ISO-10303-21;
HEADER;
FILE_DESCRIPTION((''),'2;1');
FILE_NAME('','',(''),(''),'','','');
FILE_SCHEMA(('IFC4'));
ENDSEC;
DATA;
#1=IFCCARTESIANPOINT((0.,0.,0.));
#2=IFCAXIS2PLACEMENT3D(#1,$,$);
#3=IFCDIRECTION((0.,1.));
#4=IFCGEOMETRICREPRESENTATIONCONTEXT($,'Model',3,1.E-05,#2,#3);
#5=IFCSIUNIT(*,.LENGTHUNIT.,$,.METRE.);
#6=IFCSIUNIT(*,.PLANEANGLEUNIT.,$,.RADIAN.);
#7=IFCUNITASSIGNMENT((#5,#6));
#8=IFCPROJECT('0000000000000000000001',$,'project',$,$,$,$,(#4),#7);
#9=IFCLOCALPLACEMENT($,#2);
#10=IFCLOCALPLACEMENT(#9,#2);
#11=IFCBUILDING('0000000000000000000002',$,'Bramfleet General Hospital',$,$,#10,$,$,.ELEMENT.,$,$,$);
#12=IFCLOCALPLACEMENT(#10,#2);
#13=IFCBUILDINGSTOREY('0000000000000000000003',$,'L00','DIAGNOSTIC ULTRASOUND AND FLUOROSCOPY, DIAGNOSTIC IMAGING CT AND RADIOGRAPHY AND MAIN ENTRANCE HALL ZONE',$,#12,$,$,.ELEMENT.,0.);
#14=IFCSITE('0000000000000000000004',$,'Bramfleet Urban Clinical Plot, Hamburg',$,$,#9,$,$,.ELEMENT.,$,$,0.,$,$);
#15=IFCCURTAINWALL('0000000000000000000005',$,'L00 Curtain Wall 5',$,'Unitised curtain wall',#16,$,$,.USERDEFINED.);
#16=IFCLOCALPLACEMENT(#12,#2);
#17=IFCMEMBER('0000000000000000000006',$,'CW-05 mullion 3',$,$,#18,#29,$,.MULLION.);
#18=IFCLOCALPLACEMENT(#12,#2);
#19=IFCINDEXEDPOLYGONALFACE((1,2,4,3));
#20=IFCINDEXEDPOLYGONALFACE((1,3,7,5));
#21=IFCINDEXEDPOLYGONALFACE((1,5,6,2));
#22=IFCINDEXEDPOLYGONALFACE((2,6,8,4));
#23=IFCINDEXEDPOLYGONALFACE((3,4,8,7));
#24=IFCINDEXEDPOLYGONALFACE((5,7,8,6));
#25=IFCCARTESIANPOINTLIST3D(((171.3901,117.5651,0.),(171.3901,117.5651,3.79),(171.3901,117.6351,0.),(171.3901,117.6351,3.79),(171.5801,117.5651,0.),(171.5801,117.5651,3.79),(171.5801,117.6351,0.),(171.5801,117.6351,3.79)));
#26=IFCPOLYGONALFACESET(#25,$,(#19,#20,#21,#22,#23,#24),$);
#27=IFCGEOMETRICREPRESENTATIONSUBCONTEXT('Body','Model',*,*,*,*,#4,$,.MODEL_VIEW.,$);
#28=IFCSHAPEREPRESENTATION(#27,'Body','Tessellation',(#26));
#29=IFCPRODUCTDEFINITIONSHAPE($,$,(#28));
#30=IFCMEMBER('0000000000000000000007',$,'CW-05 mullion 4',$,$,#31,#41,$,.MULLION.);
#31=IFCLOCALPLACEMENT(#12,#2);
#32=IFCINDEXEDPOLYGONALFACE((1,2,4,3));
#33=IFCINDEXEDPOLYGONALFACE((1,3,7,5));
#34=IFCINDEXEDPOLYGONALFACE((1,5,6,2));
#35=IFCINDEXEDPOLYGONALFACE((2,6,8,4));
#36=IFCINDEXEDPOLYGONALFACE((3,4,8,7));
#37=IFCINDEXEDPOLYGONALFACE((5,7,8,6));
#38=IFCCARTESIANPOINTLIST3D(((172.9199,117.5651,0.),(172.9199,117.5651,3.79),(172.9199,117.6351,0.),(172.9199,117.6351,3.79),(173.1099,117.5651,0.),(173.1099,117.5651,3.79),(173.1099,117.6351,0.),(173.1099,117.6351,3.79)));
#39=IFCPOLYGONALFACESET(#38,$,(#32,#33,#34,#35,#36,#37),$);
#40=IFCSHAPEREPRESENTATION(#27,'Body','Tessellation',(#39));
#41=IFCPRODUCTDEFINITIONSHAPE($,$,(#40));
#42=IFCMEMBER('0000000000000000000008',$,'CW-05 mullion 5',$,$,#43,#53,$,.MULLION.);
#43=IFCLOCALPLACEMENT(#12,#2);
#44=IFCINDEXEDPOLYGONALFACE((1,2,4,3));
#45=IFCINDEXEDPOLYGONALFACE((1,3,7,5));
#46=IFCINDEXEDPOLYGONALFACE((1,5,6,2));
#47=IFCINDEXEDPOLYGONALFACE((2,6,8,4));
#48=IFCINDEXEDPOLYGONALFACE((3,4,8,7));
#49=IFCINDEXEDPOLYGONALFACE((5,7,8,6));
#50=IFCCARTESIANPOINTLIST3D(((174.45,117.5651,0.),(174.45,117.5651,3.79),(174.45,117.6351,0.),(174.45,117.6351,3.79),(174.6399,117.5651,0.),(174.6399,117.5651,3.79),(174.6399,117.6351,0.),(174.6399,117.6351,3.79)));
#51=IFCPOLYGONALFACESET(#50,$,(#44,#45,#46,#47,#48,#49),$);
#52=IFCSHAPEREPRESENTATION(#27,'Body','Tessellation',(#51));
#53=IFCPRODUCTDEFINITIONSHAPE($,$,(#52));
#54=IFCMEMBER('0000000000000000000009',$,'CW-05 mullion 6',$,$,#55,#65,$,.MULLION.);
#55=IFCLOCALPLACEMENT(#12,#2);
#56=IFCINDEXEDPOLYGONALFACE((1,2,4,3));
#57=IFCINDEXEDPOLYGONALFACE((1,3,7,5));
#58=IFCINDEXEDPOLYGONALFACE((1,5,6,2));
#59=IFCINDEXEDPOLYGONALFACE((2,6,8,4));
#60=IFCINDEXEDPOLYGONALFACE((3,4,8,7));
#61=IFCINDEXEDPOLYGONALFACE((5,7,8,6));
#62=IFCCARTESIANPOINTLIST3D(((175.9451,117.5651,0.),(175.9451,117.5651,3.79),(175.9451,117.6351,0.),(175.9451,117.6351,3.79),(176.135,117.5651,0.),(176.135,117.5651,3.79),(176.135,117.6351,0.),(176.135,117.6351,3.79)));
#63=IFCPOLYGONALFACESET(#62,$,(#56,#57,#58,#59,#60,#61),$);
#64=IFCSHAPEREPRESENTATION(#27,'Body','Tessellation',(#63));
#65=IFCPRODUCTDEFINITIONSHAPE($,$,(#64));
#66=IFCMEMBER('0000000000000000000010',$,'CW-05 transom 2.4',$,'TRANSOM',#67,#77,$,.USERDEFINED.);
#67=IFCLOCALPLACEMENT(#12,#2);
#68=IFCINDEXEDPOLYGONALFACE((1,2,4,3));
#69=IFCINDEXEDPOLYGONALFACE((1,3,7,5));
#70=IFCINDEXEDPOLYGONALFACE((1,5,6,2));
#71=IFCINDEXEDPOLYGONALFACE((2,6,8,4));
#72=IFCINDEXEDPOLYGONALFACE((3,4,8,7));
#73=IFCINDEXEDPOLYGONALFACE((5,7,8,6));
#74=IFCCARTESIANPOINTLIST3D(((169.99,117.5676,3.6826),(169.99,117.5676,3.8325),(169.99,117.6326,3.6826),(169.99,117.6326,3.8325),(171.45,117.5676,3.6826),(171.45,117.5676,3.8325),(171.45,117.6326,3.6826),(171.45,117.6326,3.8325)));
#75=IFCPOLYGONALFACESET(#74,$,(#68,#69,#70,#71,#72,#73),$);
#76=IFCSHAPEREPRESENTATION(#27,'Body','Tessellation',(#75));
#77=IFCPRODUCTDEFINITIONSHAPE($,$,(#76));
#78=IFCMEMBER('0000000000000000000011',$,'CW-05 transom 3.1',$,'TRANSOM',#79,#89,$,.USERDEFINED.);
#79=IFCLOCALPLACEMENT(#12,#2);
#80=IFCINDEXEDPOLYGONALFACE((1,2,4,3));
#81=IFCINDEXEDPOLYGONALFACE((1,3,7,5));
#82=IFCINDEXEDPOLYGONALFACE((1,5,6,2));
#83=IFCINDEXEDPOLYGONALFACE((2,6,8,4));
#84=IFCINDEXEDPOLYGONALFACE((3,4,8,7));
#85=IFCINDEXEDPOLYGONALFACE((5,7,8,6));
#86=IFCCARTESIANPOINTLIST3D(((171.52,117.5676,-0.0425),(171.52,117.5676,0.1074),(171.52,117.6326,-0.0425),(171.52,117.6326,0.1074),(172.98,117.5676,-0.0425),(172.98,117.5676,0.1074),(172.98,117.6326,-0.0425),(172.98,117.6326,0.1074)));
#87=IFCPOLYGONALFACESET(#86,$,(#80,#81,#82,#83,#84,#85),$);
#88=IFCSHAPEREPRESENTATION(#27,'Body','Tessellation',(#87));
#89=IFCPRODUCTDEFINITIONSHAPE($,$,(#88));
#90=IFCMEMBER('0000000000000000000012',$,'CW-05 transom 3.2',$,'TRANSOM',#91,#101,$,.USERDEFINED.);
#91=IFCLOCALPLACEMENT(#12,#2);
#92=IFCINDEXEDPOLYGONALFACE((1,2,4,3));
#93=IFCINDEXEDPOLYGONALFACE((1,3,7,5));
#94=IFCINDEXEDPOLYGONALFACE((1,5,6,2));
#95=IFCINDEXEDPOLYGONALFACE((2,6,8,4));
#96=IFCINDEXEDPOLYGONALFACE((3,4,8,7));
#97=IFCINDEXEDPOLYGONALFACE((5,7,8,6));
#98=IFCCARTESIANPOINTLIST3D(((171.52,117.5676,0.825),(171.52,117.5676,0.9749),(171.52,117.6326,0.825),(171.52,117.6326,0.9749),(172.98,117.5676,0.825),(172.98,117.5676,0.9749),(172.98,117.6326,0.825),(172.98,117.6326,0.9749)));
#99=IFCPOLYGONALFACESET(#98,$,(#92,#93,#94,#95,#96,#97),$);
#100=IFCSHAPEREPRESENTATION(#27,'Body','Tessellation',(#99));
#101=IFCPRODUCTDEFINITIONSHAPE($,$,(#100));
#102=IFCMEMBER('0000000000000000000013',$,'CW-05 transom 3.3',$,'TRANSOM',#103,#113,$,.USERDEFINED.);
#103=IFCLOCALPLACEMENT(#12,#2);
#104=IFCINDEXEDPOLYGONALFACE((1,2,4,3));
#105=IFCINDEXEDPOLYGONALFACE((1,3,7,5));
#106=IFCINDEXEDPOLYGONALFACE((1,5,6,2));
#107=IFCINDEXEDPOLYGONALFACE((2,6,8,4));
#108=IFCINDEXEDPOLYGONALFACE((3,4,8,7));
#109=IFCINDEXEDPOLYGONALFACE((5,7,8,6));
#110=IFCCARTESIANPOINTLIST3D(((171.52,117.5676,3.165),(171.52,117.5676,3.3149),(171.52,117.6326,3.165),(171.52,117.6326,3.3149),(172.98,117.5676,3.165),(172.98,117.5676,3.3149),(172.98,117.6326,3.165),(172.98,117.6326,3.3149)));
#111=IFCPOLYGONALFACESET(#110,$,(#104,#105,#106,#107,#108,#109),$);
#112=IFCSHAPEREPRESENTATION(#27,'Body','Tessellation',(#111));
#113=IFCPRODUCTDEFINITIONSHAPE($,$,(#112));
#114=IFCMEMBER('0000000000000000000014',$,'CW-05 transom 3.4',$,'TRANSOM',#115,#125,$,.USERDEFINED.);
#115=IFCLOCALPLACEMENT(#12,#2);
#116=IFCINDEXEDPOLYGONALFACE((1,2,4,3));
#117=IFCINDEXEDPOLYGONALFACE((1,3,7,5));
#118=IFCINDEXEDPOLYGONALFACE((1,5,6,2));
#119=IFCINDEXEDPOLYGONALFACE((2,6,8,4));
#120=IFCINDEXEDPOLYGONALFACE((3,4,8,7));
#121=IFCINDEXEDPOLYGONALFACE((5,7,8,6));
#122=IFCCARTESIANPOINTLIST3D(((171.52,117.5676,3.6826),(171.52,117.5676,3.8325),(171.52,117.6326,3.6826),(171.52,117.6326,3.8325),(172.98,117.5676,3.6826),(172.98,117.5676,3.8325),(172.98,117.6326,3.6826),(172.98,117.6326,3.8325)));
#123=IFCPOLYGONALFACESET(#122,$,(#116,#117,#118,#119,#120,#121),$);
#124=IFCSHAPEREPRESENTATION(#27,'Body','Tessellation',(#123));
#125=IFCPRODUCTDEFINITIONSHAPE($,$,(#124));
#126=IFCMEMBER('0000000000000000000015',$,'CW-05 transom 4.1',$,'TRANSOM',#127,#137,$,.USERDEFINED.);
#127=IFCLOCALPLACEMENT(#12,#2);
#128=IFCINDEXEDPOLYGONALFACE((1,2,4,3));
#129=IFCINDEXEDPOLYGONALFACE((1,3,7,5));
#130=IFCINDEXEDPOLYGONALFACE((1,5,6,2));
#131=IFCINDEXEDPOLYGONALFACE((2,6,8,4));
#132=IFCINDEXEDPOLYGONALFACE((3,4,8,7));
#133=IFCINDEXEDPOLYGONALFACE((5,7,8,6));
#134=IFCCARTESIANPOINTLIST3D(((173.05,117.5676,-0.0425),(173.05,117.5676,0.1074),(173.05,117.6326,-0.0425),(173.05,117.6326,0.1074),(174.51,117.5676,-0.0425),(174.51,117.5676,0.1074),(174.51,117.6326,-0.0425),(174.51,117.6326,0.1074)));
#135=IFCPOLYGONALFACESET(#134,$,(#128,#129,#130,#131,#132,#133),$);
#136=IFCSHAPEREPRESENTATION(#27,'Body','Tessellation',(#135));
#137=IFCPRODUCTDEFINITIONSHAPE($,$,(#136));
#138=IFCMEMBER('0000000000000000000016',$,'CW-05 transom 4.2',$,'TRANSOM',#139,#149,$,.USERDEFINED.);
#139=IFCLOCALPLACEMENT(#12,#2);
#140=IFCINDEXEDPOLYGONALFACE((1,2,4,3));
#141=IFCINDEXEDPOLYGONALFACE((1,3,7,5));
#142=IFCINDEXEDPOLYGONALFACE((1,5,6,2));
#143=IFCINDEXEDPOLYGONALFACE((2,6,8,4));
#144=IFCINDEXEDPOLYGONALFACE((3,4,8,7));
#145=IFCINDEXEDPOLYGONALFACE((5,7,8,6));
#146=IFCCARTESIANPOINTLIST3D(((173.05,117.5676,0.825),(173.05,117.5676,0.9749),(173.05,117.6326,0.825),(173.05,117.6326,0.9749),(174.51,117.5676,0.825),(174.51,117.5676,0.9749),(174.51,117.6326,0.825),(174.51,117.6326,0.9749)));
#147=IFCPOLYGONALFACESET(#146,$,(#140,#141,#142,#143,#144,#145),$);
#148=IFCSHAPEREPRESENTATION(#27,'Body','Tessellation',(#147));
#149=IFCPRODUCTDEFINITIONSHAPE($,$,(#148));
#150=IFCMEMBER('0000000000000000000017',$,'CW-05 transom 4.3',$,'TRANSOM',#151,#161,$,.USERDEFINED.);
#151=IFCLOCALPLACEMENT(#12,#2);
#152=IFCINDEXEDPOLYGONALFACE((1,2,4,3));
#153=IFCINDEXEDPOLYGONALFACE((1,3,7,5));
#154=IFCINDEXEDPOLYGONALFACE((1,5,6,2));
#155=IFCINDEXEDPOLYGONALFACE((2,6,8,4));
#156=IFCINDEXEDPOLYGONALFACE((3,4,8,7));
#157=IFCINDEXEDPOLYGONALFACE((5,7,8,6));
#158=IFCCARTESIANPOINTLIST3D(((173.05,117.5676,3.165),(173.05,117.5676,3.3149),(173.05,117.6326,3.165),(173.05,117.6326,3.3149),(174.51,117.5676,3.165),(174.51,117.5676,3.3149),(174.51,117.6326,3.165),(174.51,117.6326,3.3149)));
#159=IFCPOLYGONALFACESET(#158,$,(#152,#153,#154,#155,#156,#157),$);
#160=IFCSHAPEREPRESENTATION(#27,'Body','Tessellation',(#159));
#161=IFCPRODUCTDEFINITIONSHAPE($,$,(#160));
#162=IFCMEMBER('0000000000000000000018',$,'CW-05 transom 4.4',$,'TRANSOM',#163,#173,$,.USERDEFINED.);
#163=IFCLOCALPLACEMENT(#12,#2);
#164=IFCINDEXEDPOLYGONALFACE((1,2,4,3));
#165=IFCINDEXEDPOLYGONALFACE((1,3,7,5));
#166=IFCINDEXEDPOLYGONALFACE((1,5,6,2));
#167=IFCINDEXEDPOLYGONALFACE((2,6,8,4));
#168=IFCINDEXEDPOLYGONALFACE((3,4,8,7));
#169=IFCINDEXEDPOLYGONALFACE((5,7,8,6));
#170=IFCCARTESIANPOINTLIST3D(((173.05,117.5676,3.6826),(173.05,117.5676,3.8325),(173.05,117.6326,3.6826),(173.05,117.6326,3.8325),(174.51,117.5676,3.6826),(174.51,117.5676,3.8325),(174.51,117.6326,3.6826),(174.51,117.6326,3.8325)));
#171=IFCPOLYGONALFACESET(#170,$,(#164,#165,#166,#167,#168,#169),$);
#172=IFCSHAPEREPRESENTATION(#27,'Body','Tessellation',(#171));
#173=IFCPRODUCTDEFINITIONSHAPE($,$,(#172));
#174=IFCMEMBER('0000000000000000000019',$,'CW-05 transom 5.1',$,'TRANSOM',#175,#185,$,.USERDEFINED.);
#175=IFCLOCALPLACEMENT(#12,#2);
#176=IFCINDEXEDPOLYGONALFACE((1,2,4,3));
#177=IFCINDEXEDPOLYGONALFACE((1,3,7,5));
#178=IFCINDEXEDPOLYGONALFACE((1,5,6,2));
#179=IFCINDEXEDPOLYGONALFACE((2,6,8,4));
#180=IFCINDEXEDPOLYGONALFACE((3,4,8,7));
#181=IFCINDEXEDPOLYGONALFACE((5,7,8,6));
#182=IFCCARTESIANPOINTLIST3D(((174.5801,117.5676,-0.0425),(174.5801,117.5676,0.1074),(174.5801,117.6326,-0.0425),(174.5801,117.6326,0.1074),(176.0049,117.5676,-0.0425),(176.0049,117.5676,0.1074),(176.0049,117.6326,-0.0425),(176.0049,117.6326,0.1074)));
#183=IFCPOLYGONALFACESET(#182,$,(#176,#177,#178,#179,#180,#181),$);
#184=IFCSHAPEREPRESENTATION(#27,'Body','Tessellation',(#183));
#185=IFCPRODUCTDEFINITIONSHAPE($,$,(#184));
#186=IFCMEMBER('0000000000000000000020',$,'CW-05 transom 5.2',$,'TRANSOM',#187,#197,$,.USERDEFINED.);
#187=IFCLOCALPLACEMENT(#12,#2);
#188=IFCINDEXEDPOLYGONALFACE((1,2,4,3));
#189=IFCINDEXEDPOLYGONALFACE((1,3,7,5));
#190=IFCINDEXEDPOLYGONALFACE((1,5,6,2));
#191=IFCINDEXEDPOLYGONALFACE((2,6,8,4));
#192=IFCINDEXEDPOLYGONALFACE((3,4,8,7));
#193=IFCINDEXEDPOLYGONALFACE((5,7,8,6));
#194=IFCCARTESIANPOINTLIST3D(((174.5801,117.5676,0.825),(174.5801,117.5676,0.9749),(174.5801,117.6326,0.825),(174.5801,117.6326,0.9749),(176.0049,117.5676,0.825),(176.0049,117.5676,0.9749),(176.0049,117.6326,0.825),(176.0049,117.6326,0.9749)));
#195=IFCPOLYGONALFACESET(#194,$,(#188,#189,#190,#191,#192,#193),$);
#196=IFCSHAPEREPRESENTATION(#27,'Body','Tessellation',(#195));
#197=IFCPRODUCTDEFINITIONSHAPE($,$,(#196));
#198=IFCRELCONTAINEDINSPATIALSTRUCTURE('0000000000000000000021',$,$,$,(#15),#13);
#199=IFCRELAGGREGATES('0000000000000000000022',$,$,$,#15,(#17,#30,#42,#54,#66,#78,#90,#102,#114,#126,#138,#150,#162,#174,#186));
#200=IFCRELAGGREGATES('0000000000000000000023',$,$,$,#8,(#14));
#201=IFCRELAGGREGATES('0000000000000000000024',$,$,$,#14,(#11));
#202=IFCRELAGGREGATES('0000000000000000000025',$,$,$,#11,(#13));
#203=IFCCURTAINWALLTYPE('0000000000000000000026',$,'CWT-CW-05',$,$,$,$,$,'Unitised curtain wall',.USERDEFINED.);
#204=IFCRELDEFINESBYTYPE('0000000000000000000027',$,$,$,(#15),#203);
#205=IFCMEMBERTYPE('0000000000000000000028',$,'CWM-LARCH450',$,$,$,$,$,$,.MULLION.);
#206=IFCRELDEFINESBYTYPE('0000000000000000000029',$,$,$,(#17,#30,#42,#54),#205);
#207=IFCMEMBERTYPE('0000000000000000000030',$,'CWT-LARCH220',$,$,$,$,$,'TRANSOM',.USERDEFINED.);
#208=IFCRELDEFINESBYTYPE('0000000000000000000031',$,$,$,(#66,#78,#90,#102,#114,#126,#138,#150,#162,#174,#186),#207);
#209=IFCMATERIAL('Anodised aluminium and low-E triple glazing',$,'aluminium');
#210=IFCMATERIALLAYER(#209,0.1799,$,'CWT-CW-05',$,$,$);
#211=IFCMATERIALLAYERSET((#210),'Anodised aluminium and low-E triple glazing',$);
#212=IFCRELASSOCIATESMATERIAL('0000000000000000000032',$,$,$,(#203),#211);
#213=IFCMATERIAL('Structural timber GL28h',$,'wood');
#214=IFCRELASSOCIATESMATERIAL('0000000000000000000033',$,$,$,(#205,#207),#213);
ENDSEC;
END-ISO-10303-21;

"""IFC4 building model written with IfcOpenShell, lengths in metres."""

from ifc_helpers import new_model, si_unit, direction, frame, origin, origin_2d, place, context, subcontext, project, spatial, rectangle, extrude, material, layer, layer_set, material_profile, profile_set, type_object, element, aggregate, save


model = new_model("IFC4")

# Units and contexts
model_context = context("Model", 3, precision=1e-05, world=origin(), true_north=direction((0.0, 1.0)))
body_context = subcontext(model_context, "Body", "Model", "MODEL_VIEW")
ifc_project = project(units=[si_unit("LENGTHUNIT", "METRE"), si_unit("PLANEANGLEUNIT", "RADIAN")], contexts=[model_context])

# Site, building, storey
site_placement = place(None, origin())
site = spatial("IfcSite", under=ifc_project, at=site_placement, Name="Bramfleet Urban Clinical Plot, Hamburg", CompositionType="ELEMENT", RefElevation=0.0)
building_placement = place(site_placement, origin())
building = spatial("IfcBuilding", under=site, at=building_placement, Name="Bramfleet General Hospital", CompositionType="ELEMENT")
storey_placement = place(building_placement, origin())
storey = spatial("IfcBuildingStorey", under=building, at=storey_placement, Name="L00", Description="DIAGNOSTIC ULTRASOUND AND FLUOROSCOPY, DIAGNOSTIC IMAGING CT AND RADIOGRAPHY AND MAIN ENTRANCE HALL ZONE", CompositionType="ELEMENT", Elevation=0.0)

# Curtain wall, members
ifc_material_1 = material(Name="Anodised aluminium and low-E triple glazing", Category="aluminium")
ifc_layer_1 = layer(ifc_material_1, 0.1799, Name="CWT-CW-05")
ifc_layer_set_1 = layer_set([ifc_layer_1], Name="Anodised aluminium and low-E triple glazing")
curtain_wall_type = type_object("IfcCurtainWallType", Name="CWT-CW-05", ElementType="Unitised curtain wall", PredefinedType="USERDEFINED", material=ifc_layer_set_1)
curtain_wall_placement = place(storey_placement, origin())
curtain_wall = element("IfcCurtainWall", 1, at=curtain_wall_placement, inside=storey, type_object=curtain_wall_type, Name="L00 Curtain Wall 5", ObjectType="Unitised curtain wall", PredefinedType="USERDEFINED")
ifc_material_2 = material(Name="Structural timber GL28h", Category="wood")
ifc_material_profile_1 = material_profile(ifc_material_2, rectangle(XDim=0.0701, YDim=0.1899, at=origin_2d()), Name="LARCH 190x70")
ifc_profile_set_1 = profile_set([ifc_material_profile_1], Name="Structural timber GL28h")
member_type_1 = type_object("IfcMemberType", Name="CWM-LARCH450", PredefinedType="MULLION", material=ifc_profile_set_1)
member_1_placement = place(storey_placement, frame((171.4851, 117.6001, 0.0), z_axis=(0.0, 0.0, 1.0), x_axis=(0.0, 1.0, 0.0)))
member_1 = element("IfcMember", 2, at=member_1_placement, type_object=member_type_1, Name="CW-05 mullion 3", PredefinedType="MULLION", context=body_context, shape_type="SweptSolid", body=[
    extrude(rectangle(XDim=0.0701, YDim=0.1899, at=origin_2d()), origin(), (0.0, 0.0, 1.0), 3.79),
])
member_2_placement = place(storey_placement, frame((173.0149, 117.6001, 0.0), z_axis=(0.0, 0.0, 1.0), x_axis=(0.0, 1.0, 0.0)))
member_2 = element("IfcMember", 3, at=member_2_placement, type_object=member_type_1, Name="CW-05 mullion 4", PredefinedType="MULLION", context=body_context, shape_type="SweptSolid", body=[
    extrude(rectangle(XDim=0.0701, YDim=0.1899, at=origin_2d()), origin(), (0.0, 0.0, 1.0), 3.79),
])
member_3_placement = place(storey_placement, frame((174.5449, 117.6001, 0.0), z_axis=(0.0, 0.0, 1.0), x_axis=(0.0, 1.0, 0.0)))
member_3 = element("IfcMember", 4, at=member_3_placement, type_object=member_type_1, Name="CW-05 mullion 5", PredefinedType="MULLION", context=body_context, shape_type="SweptSolid", body=[
    extrude(rectangle(XDim=0.0701, YDim=0.1899, at=origin_2d()), origin(), (0.0, 0.0, 1.0), 3.79),
])
member_4_placement = place(storey_placement, frame((176.04, 117.6001, 0.0), z_axis=(0.0, 0.0, 1.0), x_axis=(0.0, 1.0, 0.0)))
member_4 = element("IfcMember", 5, at=member_4_placement, type_object=member_type_1, Name="CW-05 mullion 6", PredefinedType="MULLION", context=body_context, shape_type="SweptSolid", body=[
    extrude(rectangle(XDim=0.0701, YDim=0.1899, at=origin_2d()), origin(), (0.0, 0.0, 1.0), 3.79),
])
ifc_material_profile_2 = material_profile(ifc_material_2, rectangle(XDim=0.0649, YDim=0.1499, at=origin_2d()), Name="LARCH 150x65")
ifc_profile_set_2 = profile_set([ifc_material_profile_2], Name="Structural timber GL28h")
member_type_2 = type_object("IfcMemberType", Name="CWT-LARCH220", ElementType="TRANSOM", PredefinedType="USERDEFINED", material=ifc_profile_set_2)
member_5_placement = place(storey_placement, frame((169.99, 117.6001, 3.7576), z_axis=(1.0, 0.0, 0.0), x_axis=(0.0, 1.0, 0.0)))
member_5 = element("IfcMember", 6, at=member_5_placement, type_object=member_type_2, Name="CW-05 transom 2.4", ObjectType="TRANSOM", PredefinedType="USERDEFINED", context=body_context, shape_type="SweptSolid", body=[
    extrude(rectangle(XDim=0.0649, YDim=0.1499, at=origin_2d()), origin(), (0.0, 0.0, 1.0), 1.46),
])
member_6_placement = place(storey_placement, frame((171.52, 117.6001, 0.0325), z_axis=(1.0, 0.0, 0.0), x_axis=(0.0, 1.0, 0.0)))
member_6 = element("IfcMember", 7, at=member_6_placement, type_object=member_type_2, Name="CW-05 transom 3.1", ObjectType="TRANSOM", PredefinedType="USERDEFINED", context=body_context, shape_type="SweptSolid", body=[
    extrude(rectangle(XDim=0.0649, YDim=0.1499, at=origin_2d()), origin(), (0.0, 0.0, 1.0), 1.46),
])
member_7_placement = place(storey_placement, frame((171.52, 117.6001, 0.8999), z_axis=(1.0, 0.0, 0.0), x_axis=(0.0, 1.0, 0.0)))
member_7 = element("IfcMember", 8, at=member_7_placement, type_object=member_type_2, Name="CW-05 transom 3.2", ObjectType="TRANSOM", PredefinedType="USERDEFINED", context=body_context, shape_type="SweptSolid", body=[
    extrude(rectangle(XDim=0.0649, YDim=0.1499, at=origin_2d()), origin(), (0.0, 0.0, 1.0), 1.46),
])
member_8_placement = place(storey_placement, frame((171.52, 117.6001, 3.24), z_axis=(1.0, 0.0, 0.0), x_axis=(0.0, 1.0, 0.0)))
member_8 = element("IfcMember", 9, at=member_8_placement, type_object=member_type_2, Name="CW-05 transom 3.3", ObjectType="TRANSOM", PredefinedType="USERDEFINED", context=body_context, shape_type="SweptSolid", body=[
    extrude(rectangle(XDim=0.0649, YDim=0.1499, at=origin_2d()), origin(), (0.0, 0.0, 1.0), 1.46),
])
member_9_placement = place(storey_placement, frame((171.52, 117.6001, 3.7576), z_axis=(1.0, 0.0, 0.0), x_axis=(0.0, 1.0, 0.0)))
member_9 = element("IfcMember", 10, at=member_9_placement, type_object=member_type_2, Name="CW-05 transom 3.4", ObjectType="TRANSOM", PredefinedType="USERDEFINED", context=body_context, shape_type="SweptSolid", body=[
    extrude(rectangle(XDim=0.0649, YDim=0.1499, at=origin_2d()), origin(), (0.0, 0.0, 1.0), 1.46),
])
member_10_placement = place(storey_placement, frame((173.05, 117.6001, 0.0325), z_axis=(1.0, 0.0, 0.0), x_axis=(0.0, 1.0, 0.0)))
member_10 = element("IfcMember", 11, at=member_10_placement, type_object=member_type_2, Name="CW-05 transom 4.1", ObjectType="TRANSOM", PredefinedType="USERDEFINED", context=body_context, shape_type="SweptSolid", body=[
    extrude(rectangle(XDim=0.0649, YDim=0.1499, at=origin_2d()), origin(), (0.0, 0.0, 1.0), 1.46),
])
member_11_placement = place(storey_placement, frame((173.05, 117.6001, 0.8999), z_axis=(1.0, 0.0, 0.0), x_axis=(0.0, 1.0, 0.0)))
member_11 = element("IfcMember", 12, at=member_11_placement, type_object=member_type_2, Name="CW-05 transom 4.2", ObjectType="TRANSOM", PredefinedType="USERDEFINED", context=body_context, shape_type="SweptSolid", body=[
    extrude(rectangle(XDim=0.0649, YDim=0.1499, at=origin_2d()), origin(), (0.0, 0.0, 1.0), 1.46),
])
member_12_placement = place(storey_placement, frame((173.05, 117.6001, 3.24), z_axis=(1.0, 0.0, 0.0), x_axis=(0.0, 1.0, 0.0)))
member_12 = element("IfcMember", 13, at=member_12_placement, type_object=member_type_2, Name="CW-05 transom 4.3", ObjectType="TRANSOM", PredefinedType="USERDEFINED", context=body_context, shape_type="SweptSolid", body=[
    extrude(rectangle(XDim=0.0649, YDim=0.1499, at=origin_2d()), origin(), (0.0, 0.0, 1.0), 1.46),
])
member_13_placement = place(storey_placement, frame((173.05, 117.6001, 3.7576), z_axis=(1.0, 0.0, 0.0), x_axis=(0.0, 1.0, 0.0)))
member_13 = element("IfcMember", 14, at=member_13_placement, type_object=member_type_2, Name="CW-05 transom 4.4", ObjectType="TRANSOM", PredefinedType="USERDEFINED", context=body_context, shape_type="SweptSolid", body=[
    extrude(rectangle(XDim=0.0649, YDim=0.1499, at=origin_2d()), origin(), (0.0, 0.0, 1.0), 1.46),
])
member_14_placement = place(storey_placement, frame((174.5801, 117.6001, 0.0325), z_axis=(1.0, 0.0, 0.0), x_axis=(0.0, 1.0, 0.0)))
member_14 = element("IfcMember", 15, at=member_14_placement, type_object=member_type_2, Name="CW-05 transom 5.1", ObjectType="TRANSOM", PredefinedType="USERDEFINED", context=body_context, shape_type="SweptSolid", body=[
    extrude(rectangle(XDim=0.0649, YDim=0.1499, at=origin_2d()), origin(), (0.0, 0.0, 1.0), 1.4248),
])
member_15_placement = place(storey_placement, frame((174.5801, 117.6001, 0.8999), z_axis=(1.0, 0.0, 0.0), x_axis=(0.0, 1.0, 0.0)))
member_15 = element("IfcMember", 16, at=member_15_placement, type_object=member_type_2, Name="CW-05 transom 5.2", ObjectType="TRANSOM", PredefinedType="USERDEFINED", context=body_context, shape_type="SweptSolid", body=[
    extrude(rectangle(XDim=0.0649, YDim=0.1499, at=origin_2d()), origin(), (0.0, 0.0, 1.0), 1.4248),
])
aggregate(curtain_wall, [member_1, member_2, member_3, member_4, member_5, member_6, member_7, member_8, member_9, member_10, member_11, member_12, member_13, member_14, member_15])

save(model, "model.ifc")
